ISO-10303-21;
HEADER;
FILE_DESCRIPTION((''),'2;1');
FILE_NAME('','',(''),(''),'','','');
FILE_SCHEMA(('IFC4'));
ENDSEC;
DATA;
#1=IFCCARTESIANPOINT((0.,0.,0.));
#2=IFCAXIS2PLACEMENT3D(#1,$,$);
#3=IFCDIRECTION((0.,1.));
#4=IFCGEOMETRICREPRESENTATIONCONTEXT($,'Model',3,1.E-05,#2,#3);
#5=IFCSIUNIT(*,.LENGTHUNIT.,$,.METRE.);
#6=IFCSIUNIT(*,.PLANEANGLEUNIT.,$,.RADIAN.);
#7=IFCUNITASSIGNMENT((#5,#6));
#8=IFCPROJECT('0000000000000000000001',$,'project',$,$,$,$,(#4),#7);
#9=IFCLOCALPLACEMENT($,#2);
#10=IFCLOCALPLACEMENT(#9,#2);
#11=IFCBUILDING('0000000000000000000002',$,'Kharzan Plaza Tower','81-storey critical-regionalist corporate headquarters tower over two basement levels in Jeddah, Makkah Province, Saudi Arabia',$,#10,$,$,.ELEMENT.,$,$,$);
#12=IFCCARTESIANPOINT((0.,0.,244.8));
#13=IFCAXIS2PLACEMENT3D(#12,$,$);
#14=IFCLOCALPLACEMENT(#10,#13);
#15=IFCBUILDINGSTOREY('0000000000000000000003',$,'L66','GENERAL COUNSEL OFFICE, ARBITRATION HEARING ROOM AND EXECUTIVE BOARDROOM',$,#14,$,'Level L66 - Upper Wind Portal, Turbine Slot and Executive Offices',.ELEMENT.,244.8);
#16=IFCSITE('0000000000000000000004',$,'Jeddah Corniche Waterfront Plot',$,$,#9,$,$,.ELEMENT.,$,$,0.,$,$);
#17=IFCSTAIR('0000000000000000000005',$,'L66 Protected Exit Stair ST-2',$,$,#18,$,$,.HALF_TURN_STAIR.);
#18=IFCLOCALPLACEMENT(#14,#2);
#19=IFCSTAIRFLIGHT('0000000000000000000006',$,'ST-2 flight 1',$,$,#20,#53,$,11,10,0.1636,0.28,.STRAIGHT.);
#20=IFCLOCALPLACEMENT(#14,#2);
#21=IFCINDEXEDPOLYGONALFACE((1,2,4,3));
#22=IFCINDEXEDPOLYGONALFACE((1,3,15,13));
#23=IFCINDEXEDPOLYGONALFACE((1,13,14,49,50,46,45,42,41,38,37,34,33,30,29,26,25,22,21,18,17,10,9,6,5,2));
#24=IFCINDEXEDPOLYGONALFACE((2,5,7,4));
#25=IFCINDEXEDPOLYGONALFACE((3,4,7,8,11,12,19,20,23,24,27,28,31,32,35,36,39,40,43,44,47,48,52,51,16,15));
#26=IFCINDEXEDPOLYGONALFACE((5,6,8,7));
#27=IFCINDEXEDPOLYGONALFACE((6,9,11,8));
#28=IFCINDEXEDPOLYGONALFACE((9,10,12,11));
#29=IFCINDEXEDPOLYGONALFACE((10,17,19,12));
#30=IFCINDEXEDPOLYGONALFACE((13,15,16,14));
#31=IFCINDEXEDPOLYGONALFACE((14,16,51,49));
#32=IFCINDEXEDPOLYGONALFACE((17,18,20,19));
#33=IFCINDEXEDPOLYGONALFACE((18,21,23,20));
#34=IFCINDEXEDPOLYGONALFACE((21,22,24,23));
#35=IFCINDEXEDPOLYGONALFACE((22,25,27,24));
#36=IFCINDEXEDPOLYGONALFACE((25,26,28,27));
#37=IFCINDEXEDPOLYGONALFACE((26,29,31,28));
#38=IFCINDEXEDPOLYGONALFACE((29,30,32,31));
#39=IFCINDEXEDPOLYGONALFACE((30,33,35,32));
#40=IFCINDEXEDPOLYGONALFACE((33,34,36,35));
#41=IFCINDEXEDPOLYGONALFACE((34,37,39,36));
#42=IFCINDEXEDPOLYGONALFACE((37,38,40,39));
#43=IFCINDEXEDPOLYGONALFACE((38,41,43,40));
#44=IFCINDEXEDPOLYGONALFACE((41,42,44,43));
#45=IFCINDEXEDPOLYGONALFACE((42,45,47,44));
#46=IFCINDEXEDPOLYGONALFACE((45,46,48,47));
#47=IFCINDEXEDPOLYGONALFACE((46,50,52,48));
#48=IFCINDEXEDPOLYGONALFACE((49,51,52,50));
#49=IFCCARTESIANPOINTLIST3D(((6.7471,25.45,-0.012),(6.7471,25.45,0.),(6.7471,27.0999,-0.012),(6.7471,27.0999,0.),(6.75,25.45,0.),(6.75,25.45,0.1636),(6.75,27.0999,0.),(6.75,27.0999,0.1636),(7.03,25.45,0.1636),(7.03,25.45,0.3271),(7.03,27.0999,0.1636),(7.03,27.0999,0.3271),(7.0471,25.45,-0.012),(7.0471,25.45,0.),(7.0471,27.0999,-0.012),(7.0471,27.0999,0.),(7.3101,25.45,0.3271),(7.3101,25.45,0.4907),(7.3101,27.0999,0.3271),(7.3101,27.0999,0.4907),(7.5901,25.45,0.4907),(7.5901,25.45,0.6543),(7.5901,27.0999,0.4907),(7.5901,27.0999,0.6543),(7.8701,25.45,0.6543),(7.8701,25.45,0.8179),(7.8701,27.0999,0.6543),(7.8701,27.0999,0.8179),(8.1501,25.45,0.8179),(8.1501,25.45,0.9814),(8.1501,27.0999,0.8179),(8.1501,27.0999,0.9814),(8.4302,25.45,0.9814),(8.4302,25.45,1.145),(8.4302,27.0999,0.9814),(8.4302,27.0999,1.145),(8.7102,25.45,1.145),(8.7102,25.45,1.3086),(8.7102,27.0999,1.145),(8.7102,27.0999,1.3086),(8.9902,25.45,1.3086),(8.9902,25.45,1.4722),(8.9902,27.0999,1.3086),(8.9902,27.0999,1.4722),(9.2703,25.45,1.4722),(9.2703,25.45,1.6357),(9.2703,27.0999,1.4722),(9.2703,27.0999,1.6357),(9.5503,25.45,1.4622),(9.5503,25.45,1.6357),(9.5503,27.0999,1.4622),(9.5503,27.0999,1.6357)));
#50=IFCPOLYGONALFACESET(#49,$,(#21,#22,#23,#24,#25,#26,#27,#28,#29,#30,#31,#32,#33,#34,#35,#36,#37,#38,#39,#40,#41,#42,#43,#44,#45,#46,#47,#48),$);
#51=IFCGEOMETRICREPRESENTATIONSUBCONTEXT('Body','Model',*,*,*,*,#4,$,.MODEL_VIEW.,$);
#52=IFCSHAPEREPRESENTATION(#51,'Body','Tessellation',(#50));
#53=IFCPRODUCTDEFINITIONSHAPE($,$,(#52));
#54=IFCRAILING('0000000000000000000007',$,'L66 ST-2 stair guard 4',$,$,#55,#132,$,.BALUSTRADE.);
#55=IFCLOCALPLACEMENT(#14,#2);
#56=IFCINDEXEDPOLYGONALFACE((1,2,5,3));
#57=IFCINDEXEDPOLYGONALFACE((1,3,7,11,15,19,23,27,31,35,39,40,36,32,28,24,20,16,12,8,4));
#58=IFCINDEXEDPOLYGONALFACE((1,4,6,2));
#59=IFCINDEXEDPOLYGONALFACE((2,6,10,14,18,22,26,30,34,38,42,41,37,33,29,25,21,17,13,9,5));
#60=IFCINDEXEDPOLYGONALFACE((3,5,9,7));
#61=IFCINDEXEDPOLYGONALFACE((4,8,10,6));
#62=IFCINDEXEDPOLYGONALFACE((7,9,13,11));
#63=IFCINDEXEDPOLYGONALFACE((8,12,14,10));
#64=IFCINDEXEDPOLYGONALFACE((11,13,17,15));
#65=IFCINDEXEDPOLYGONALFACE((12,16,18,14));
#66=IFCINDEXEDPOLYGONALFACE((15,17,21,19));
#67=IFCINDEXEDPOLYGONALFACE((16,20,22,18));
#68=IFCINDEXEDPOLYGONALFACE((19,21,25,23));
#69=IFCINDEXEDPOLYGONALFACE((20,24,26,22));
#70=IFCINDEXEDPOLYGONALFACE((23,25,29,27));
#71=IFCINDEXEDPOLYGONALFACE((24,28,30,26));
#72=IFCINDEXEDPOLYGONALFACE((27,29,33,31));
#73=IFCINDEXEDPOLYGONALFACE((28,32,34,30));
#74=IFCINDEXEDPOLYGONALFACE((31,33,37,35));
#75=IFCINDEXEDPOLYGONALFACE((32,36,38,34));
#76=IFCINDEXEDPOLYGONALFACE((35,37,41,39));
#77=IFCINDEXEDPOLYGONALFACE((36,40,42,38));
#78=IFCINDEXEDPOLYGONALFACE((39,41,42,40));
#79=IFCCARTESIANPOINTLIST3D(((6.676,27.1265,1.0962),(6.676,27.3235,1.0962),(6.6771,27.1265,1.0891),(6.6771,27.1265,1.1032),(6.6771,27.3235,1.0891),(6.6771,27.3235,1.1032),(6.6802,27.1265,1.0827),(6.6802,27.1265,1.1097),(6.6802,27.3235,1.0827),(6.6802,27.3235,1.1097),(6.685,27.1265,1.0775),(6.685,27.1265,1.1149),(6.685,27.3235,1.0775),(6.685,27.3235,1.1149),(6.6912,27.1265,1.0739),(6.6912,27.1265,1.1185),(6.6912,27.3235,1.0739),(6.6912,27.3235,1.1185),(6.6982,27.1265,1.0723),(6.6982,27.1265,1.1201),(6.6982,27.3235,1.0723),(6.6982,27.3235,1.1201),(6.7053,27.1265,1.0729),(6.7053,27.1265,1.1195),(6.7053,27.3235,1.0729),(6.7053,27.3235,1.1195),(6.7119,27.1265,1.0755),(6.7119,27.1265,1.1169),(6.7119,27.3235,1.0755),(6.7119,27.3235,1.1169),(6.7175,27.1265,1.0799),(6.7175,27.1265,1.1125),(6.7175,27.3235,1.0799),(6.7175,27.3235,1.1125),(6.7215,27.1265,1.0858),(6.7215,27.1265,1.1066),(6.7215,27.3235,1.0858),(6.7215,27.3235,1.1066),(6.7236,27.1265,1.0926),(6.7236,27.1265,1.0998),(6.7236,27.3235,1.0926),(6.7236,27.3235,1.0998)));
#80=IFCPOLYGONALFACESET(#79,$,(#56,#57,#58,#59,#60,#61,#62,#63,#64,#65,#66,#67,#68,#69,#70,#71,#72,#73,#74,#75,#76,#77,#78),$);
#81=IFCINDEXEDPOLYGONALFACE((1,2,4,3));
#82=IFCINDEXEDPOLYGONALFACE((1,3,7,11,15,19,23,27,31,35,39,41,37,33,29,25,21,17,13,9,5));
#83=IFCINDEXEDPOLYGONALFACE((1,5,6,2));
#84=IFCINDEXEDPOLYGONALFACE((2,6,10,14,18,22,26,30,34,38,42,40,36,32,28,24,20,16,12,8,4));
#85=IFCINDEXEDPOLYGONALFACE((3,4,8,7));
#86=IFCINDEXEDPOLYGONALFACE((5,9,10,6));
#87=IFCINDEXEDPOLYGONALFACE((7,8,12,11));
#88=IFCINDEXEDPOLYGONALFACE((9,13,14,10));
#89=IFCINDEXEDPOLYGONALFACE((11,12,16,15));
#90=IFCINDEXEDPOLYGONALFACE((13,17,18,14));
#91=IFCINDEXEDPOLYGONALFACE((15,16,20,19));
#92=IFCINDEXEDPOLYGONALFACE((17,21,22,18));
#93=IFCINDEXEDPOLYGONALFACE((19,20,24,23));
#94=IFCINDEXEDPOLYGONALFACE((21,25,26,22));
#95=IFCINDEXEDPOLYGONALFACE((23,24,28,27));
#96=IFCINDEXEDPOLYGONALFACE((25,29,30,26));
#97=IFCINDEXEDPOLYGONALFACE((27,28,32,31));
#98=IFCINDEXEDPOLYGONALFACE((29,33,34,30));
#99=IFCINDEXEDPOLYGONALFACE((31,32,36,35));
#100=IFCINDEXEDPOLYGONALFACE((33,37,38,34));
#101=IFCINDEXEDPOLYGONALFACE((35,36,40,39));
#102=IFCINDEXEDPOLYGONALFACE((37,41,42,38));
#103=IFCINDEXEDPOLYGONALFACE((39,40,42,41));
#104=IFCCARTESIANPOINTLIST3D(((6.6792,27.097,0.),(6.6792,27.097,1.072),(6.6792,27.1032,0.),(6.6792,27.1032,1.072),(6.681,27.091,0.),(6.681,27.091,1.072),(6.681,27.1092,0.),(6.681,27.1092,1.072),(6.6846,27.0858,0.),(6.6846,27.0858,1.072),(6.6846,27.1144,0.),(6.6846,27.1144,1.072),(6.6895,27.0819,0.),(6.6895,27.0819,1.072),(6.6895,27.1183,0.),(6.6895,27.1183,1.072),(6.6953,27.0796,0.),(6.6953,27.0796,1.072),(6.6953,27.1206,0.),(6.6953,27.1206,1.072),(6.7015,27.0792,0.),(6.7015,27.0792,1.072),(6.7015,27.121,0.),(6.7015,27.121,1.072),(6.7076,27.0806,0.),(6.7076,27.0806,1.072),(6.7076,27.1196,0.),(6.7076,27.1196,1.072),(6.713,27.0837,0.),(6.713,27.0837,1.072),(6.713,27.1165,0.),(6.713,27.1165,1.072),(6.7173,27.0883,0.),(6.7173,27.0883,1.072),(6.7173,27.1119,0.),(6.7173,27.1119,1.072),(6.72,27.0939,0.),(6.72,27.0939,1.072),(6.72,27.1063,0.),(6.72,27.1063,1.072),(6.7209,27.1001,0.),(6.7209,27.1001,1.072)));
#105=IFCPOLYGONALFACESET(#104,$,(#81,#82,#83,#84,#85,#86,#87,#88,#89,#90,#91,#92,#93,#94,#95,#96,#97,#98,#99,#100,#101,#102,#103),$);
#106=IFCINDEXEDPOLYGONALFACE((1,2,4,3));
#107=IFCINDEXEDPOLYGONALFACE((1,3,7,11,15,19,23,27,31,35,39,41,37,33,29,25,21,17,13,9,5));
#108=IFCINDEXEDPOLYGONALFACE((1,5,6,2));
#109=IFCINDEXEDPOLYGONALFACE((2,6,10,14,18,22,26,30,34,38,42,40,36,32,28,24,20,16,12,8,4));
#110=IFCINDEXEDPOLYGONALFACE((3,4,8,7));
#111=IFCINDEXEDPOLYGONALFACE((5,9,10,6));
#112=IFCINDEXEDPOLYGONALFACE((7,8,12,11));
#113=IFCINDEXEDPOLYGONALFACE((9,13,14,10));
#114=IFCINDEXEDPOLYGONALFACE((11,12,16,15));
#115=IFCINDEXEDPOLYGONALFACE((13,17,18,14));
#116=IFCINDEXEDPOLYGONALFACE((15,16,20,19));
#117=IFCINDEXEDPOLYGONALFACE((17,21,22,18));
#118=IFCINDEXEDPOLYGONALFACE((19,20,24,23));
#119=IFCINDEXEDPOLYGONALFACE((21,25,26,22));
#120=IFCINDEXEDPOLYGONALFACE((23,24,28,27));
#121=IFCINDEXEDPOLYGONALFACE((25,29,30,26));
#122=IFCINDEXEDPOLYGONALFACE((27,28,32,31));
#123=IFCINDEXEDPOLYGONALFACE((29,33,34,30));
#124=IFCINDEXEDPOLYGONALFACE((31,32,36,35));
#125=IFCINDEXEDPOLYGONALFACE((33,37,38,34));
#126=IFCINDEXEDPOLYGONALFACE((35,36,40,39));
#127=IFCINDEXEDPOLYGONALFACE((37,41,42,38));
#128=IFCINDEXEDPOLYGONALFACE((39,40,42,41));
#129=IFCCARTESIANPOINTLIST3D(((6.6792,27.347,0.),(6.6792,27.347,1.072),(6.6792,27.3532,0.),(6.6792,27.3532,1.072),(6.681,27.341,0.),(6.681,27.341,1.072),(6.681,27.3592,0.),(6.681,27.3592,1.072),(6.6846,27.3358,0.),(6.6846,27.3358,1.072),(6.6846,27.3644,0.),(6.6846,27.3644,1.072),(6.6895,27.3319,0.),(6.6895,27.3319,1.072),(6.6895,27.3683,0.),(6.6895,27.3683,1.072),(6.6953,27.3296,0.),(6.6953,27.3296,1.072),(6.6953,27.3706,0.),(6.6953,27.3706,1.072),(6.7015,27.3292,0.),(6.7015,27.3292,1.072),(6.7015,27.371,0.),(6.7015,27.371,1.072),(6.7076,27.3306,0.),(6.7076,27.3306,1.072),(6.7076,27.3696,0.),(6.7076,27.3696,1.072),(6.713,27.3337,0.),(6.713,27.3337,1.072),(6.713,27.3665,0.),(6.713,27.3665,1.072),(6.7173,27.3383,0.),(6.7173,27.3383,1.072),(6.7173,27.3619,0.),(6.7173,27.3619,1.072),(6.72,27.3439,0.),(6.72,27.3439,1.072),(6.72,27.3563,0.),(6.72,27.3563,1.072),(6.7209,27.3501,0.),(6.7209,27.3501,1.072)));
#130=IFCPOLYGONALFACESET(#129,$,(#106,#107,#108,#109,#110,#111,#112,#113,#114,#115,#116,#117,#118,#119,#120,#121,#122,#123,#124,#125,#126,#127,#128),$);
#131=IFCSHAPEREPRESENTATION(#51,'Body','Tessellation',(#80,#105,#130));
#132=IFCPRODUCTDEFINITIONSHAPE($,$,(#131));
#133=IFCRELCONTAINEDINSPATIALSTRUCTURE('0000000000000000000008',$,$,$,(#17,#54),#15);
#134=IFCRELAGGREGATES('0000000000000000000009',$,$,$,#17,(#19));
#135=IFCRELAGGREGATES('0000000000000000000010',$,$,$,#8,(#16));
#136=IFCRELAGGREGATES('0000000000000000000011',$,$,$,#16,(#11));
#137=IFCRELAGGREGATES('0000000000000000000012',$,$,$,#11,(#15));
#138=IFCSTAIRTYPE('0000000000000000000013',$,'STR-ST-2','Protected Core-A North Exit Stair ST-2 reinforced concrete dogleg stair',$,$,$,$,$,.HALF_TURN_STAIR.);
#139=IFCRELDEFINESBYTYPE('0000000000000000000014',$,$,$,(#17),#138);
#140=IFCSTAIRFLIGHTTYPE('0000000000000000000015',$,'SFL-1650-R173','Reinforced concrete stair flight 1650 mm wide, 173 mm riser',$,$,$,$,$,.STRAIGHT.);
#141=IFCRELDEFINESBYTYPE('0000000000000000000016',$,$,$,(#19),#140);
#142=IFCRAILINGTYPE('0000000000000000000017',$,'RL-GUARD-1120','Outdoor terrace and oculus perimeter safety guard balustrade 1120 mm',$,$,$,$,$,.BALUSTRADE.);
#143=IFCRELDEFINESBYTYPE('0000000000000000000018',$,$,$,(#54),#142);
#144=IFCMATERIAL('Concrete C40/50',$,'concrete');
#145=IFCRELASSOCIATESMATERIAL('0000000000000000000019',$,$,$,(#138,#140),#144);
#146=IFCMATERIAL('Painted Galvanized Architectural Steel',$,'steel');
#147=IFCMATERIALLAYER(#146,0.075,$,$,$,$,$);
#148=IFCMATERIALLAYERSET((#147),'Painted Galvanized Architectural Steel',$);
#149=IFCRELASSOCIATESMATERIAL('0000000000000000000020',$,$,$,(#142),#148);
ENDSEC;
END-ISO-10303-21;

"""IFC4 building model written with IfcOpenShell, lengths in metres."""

from ifc_helpers import new_model, si_unit, direction, frame, origin, origin_2d, place, context, subcontext, project, spatial, polyline, circle, outline, extrude, source, transform, mapped, material, layer, layer_set, type_object, element, aggregate, save


model = new_model("IFC4")

# Units and contexts
model_context = context("Model", 3, precision=1e-05, world=origin(), true_north=direction((0.0, 1.0)))
body_context = subcontext(model_context, "Body", "Model", "MODEL_VIEW")
ifc_project = project(units=[si_unit("LENGTHUNIT", "METRE"), si_unit("PLANEANGLEUNIT", "RADIAN")], contexts=[model_context])

# Site, building, storey
site_placement = place(None, origin())
site = spatial("IfcSite", under=ifc_project, at=site_placement, Name="Jeddah Corniche Waterfront Plot", CompositionType="ELEMENT", RefElevation=0.0)
building_placement = place(site_placement, origin())
building = spatial("IfcBuilding", under=site, at=building_placement, Name="Kharzan Plaza Tower", Description="81-storey critical-regionalist corporate headquarters tower over two basement levels in Jeddah, Makkah Province, Saudi Arabia", CompositionType="ELEMENT")
storey_placement = place(building_placement, frame((0.0, 0.0, 244.8)))
storey = spatial("IfcBuildingStorey", under=building, at=storey_placement, Name="L66", Description="GENERAL COUNSEL OFFICE, ARBITRATION HEARING ROOM AND EXECUTIVE BOARDROOM", LongName="Level L66 - Upper Wind Portal, Turbine Slot and Executive Offices", CompositionType="ELEMENT", Elevation=244.8)

# Shared definitions
ifc_material_1 = material(Name="Concrete C40/50", Category="concrete")

# Stair, stair flight
stair_type = type_object("IfcStairType", Name="STR-ST-2", Description="Protected Core-A North Exit Stair ST-2 reinforced concrete dogleg stair", PredefinedType="HALF_TURN_STAIR", material=ifc_material_1)
stair_placement = place(storey_placement, origin())
stair = element("IfcStair", 1, at=stair_placement, inside=storey, type_object=stair_type, Name="L66 Protected Exit Stair ST-2", PredefinedType="HALF_TURN_STAIR")
stair_flight_type = type_object("IfcStairFlightType", Name="SFL-1650-R173", Description="Reinforced concrete stair flight 1650 mm wide, 173 mm riser", PredefinedType="STRAIGHT", material=ifc_material_1)
shared_shape_1 = source(origin(), body_context, "Body", "SweptSolid", [
    extrude(outline(polyline([(-0.0029, -0.012), (-0.0029, 0.0), (0.0, 0.0), (0.0, 0.1636), (0.28, 0.1636), (0.28, 0.3271), (0.5601, 0.3271), (0.5601, 0.4907), (0.8401, 0.4907), (0.8401, 0.6543), (1.1201, 0.6543), (1.1201, 0.8179), (1.4001, 0.8179), (1.4001, 0.9814), (1.6802, 0.9814), (1.6802, 1.145), (1.9602, 1.145), (1.9602, 1.3086), (2.2402, 1.3086), (2.2402, 1.4722), (2.5203, 1.4722), (2.5203, 1.6357), (2.8003, 1.6357), (2.8003, 1.7993), (2.8003, 1.4622), (0.2971, 0.0), (0.2971, -0.012), (-0.0029, -0.012)])), frame((0.0, 0.825, 0.0), z_axis=(0.0, -1.0, 0.0), x_axis=(1.0, 0.0, 0.0)), (0.0, 0.0, 1.0), 1.6499),
])
stair_flight_placement = place(storey_placement, frame((6.75, 26.2749, 0.0), z_axis=(0.0, 0.0, 1.0), x_axis=(1.0, 0.0, 0.0)))
stair_flight = element("IfcStairFlight", 2, at=stair_flight_placement, type_object=stair_flight_type, Name="ST-2 flight 1", NumberOfRisers=11, NumberOfTreads=10, PredefinedType="STRAIGHT", RiserHeight=0.1636, TreadLength=0.28, context=body_context, shape_type="MappedRepresentation", body=[
    mapped(shared_shape_1, transform((0.0, 0.0, 0.0), x_axis=(1.0, 0.0, 0.0), y_axis=(0.0, 1.0, 0.0), z_axis=(0.0, 0.0, 1.0))),
])
aggregate(stair, [stair_flight])

# Railing
ifc_material_2 = material(Name="Painted Galvanized Architectural Steel", Category="steel")
ifc_layer_1 = layer(ifc_material_2, 0.075)
ifc_layer_set_1 = layer_set([ifc_layer_1], Name="Painted Galvanized Architectural Steel")
railing_type_1 = type_object("IfcRailingType", Name="RL-GUARD-1120", Description="Outdoor terrace and oculus perimeter safety guard balustrade 1120 mm", PredefinedType="BALUSTRADE", material=ifc_layer_set_1)
shared_shape_2 = source(origin(), body_context, "Body", "SweptSolid", [
    extrude(circle(Radius=0.0239, at=origin_2d()), frame((0.0, 0.0264, 1.0962), z_axis=(0.0, 1.0, 0.0), x_axis=(-1.0, 0.0, 0.0)), (0.0, 0.0, 1.0), 0.197),
    extrude(circle(Radius=0.021, at=origin_2d()), origin(), (0.0, 0.0, 1.0), 1.072),
    extrude(circle(Radius=0.021, at=origin_2d()), frame((0.0, 0.25, 0.0)), (0.0, 0.0, 1.0), 1.072),
])
railing_1_placement = place(storey_placement, frame((6.7, 27.1001, 0.0)))
element("IfcRailing", 3, at=railing_1_placement, inside=storey, type_object=railing_type_1, Name="L66 ST-2 stair guard 4", PredefinedType="BALUSTRADE", context=body_context, shape_type="MappedRepresentation", body=[
    mapped(shared_shape_2, transform((0.0, 0.0, 0.0), x_axis=(1.0, 0.0, 0.0), y_axis=(0.0, 1.0, 0.0), z_axis=(0.0, 0.0, 1.0))),
])

save(model, "model.ifc")
